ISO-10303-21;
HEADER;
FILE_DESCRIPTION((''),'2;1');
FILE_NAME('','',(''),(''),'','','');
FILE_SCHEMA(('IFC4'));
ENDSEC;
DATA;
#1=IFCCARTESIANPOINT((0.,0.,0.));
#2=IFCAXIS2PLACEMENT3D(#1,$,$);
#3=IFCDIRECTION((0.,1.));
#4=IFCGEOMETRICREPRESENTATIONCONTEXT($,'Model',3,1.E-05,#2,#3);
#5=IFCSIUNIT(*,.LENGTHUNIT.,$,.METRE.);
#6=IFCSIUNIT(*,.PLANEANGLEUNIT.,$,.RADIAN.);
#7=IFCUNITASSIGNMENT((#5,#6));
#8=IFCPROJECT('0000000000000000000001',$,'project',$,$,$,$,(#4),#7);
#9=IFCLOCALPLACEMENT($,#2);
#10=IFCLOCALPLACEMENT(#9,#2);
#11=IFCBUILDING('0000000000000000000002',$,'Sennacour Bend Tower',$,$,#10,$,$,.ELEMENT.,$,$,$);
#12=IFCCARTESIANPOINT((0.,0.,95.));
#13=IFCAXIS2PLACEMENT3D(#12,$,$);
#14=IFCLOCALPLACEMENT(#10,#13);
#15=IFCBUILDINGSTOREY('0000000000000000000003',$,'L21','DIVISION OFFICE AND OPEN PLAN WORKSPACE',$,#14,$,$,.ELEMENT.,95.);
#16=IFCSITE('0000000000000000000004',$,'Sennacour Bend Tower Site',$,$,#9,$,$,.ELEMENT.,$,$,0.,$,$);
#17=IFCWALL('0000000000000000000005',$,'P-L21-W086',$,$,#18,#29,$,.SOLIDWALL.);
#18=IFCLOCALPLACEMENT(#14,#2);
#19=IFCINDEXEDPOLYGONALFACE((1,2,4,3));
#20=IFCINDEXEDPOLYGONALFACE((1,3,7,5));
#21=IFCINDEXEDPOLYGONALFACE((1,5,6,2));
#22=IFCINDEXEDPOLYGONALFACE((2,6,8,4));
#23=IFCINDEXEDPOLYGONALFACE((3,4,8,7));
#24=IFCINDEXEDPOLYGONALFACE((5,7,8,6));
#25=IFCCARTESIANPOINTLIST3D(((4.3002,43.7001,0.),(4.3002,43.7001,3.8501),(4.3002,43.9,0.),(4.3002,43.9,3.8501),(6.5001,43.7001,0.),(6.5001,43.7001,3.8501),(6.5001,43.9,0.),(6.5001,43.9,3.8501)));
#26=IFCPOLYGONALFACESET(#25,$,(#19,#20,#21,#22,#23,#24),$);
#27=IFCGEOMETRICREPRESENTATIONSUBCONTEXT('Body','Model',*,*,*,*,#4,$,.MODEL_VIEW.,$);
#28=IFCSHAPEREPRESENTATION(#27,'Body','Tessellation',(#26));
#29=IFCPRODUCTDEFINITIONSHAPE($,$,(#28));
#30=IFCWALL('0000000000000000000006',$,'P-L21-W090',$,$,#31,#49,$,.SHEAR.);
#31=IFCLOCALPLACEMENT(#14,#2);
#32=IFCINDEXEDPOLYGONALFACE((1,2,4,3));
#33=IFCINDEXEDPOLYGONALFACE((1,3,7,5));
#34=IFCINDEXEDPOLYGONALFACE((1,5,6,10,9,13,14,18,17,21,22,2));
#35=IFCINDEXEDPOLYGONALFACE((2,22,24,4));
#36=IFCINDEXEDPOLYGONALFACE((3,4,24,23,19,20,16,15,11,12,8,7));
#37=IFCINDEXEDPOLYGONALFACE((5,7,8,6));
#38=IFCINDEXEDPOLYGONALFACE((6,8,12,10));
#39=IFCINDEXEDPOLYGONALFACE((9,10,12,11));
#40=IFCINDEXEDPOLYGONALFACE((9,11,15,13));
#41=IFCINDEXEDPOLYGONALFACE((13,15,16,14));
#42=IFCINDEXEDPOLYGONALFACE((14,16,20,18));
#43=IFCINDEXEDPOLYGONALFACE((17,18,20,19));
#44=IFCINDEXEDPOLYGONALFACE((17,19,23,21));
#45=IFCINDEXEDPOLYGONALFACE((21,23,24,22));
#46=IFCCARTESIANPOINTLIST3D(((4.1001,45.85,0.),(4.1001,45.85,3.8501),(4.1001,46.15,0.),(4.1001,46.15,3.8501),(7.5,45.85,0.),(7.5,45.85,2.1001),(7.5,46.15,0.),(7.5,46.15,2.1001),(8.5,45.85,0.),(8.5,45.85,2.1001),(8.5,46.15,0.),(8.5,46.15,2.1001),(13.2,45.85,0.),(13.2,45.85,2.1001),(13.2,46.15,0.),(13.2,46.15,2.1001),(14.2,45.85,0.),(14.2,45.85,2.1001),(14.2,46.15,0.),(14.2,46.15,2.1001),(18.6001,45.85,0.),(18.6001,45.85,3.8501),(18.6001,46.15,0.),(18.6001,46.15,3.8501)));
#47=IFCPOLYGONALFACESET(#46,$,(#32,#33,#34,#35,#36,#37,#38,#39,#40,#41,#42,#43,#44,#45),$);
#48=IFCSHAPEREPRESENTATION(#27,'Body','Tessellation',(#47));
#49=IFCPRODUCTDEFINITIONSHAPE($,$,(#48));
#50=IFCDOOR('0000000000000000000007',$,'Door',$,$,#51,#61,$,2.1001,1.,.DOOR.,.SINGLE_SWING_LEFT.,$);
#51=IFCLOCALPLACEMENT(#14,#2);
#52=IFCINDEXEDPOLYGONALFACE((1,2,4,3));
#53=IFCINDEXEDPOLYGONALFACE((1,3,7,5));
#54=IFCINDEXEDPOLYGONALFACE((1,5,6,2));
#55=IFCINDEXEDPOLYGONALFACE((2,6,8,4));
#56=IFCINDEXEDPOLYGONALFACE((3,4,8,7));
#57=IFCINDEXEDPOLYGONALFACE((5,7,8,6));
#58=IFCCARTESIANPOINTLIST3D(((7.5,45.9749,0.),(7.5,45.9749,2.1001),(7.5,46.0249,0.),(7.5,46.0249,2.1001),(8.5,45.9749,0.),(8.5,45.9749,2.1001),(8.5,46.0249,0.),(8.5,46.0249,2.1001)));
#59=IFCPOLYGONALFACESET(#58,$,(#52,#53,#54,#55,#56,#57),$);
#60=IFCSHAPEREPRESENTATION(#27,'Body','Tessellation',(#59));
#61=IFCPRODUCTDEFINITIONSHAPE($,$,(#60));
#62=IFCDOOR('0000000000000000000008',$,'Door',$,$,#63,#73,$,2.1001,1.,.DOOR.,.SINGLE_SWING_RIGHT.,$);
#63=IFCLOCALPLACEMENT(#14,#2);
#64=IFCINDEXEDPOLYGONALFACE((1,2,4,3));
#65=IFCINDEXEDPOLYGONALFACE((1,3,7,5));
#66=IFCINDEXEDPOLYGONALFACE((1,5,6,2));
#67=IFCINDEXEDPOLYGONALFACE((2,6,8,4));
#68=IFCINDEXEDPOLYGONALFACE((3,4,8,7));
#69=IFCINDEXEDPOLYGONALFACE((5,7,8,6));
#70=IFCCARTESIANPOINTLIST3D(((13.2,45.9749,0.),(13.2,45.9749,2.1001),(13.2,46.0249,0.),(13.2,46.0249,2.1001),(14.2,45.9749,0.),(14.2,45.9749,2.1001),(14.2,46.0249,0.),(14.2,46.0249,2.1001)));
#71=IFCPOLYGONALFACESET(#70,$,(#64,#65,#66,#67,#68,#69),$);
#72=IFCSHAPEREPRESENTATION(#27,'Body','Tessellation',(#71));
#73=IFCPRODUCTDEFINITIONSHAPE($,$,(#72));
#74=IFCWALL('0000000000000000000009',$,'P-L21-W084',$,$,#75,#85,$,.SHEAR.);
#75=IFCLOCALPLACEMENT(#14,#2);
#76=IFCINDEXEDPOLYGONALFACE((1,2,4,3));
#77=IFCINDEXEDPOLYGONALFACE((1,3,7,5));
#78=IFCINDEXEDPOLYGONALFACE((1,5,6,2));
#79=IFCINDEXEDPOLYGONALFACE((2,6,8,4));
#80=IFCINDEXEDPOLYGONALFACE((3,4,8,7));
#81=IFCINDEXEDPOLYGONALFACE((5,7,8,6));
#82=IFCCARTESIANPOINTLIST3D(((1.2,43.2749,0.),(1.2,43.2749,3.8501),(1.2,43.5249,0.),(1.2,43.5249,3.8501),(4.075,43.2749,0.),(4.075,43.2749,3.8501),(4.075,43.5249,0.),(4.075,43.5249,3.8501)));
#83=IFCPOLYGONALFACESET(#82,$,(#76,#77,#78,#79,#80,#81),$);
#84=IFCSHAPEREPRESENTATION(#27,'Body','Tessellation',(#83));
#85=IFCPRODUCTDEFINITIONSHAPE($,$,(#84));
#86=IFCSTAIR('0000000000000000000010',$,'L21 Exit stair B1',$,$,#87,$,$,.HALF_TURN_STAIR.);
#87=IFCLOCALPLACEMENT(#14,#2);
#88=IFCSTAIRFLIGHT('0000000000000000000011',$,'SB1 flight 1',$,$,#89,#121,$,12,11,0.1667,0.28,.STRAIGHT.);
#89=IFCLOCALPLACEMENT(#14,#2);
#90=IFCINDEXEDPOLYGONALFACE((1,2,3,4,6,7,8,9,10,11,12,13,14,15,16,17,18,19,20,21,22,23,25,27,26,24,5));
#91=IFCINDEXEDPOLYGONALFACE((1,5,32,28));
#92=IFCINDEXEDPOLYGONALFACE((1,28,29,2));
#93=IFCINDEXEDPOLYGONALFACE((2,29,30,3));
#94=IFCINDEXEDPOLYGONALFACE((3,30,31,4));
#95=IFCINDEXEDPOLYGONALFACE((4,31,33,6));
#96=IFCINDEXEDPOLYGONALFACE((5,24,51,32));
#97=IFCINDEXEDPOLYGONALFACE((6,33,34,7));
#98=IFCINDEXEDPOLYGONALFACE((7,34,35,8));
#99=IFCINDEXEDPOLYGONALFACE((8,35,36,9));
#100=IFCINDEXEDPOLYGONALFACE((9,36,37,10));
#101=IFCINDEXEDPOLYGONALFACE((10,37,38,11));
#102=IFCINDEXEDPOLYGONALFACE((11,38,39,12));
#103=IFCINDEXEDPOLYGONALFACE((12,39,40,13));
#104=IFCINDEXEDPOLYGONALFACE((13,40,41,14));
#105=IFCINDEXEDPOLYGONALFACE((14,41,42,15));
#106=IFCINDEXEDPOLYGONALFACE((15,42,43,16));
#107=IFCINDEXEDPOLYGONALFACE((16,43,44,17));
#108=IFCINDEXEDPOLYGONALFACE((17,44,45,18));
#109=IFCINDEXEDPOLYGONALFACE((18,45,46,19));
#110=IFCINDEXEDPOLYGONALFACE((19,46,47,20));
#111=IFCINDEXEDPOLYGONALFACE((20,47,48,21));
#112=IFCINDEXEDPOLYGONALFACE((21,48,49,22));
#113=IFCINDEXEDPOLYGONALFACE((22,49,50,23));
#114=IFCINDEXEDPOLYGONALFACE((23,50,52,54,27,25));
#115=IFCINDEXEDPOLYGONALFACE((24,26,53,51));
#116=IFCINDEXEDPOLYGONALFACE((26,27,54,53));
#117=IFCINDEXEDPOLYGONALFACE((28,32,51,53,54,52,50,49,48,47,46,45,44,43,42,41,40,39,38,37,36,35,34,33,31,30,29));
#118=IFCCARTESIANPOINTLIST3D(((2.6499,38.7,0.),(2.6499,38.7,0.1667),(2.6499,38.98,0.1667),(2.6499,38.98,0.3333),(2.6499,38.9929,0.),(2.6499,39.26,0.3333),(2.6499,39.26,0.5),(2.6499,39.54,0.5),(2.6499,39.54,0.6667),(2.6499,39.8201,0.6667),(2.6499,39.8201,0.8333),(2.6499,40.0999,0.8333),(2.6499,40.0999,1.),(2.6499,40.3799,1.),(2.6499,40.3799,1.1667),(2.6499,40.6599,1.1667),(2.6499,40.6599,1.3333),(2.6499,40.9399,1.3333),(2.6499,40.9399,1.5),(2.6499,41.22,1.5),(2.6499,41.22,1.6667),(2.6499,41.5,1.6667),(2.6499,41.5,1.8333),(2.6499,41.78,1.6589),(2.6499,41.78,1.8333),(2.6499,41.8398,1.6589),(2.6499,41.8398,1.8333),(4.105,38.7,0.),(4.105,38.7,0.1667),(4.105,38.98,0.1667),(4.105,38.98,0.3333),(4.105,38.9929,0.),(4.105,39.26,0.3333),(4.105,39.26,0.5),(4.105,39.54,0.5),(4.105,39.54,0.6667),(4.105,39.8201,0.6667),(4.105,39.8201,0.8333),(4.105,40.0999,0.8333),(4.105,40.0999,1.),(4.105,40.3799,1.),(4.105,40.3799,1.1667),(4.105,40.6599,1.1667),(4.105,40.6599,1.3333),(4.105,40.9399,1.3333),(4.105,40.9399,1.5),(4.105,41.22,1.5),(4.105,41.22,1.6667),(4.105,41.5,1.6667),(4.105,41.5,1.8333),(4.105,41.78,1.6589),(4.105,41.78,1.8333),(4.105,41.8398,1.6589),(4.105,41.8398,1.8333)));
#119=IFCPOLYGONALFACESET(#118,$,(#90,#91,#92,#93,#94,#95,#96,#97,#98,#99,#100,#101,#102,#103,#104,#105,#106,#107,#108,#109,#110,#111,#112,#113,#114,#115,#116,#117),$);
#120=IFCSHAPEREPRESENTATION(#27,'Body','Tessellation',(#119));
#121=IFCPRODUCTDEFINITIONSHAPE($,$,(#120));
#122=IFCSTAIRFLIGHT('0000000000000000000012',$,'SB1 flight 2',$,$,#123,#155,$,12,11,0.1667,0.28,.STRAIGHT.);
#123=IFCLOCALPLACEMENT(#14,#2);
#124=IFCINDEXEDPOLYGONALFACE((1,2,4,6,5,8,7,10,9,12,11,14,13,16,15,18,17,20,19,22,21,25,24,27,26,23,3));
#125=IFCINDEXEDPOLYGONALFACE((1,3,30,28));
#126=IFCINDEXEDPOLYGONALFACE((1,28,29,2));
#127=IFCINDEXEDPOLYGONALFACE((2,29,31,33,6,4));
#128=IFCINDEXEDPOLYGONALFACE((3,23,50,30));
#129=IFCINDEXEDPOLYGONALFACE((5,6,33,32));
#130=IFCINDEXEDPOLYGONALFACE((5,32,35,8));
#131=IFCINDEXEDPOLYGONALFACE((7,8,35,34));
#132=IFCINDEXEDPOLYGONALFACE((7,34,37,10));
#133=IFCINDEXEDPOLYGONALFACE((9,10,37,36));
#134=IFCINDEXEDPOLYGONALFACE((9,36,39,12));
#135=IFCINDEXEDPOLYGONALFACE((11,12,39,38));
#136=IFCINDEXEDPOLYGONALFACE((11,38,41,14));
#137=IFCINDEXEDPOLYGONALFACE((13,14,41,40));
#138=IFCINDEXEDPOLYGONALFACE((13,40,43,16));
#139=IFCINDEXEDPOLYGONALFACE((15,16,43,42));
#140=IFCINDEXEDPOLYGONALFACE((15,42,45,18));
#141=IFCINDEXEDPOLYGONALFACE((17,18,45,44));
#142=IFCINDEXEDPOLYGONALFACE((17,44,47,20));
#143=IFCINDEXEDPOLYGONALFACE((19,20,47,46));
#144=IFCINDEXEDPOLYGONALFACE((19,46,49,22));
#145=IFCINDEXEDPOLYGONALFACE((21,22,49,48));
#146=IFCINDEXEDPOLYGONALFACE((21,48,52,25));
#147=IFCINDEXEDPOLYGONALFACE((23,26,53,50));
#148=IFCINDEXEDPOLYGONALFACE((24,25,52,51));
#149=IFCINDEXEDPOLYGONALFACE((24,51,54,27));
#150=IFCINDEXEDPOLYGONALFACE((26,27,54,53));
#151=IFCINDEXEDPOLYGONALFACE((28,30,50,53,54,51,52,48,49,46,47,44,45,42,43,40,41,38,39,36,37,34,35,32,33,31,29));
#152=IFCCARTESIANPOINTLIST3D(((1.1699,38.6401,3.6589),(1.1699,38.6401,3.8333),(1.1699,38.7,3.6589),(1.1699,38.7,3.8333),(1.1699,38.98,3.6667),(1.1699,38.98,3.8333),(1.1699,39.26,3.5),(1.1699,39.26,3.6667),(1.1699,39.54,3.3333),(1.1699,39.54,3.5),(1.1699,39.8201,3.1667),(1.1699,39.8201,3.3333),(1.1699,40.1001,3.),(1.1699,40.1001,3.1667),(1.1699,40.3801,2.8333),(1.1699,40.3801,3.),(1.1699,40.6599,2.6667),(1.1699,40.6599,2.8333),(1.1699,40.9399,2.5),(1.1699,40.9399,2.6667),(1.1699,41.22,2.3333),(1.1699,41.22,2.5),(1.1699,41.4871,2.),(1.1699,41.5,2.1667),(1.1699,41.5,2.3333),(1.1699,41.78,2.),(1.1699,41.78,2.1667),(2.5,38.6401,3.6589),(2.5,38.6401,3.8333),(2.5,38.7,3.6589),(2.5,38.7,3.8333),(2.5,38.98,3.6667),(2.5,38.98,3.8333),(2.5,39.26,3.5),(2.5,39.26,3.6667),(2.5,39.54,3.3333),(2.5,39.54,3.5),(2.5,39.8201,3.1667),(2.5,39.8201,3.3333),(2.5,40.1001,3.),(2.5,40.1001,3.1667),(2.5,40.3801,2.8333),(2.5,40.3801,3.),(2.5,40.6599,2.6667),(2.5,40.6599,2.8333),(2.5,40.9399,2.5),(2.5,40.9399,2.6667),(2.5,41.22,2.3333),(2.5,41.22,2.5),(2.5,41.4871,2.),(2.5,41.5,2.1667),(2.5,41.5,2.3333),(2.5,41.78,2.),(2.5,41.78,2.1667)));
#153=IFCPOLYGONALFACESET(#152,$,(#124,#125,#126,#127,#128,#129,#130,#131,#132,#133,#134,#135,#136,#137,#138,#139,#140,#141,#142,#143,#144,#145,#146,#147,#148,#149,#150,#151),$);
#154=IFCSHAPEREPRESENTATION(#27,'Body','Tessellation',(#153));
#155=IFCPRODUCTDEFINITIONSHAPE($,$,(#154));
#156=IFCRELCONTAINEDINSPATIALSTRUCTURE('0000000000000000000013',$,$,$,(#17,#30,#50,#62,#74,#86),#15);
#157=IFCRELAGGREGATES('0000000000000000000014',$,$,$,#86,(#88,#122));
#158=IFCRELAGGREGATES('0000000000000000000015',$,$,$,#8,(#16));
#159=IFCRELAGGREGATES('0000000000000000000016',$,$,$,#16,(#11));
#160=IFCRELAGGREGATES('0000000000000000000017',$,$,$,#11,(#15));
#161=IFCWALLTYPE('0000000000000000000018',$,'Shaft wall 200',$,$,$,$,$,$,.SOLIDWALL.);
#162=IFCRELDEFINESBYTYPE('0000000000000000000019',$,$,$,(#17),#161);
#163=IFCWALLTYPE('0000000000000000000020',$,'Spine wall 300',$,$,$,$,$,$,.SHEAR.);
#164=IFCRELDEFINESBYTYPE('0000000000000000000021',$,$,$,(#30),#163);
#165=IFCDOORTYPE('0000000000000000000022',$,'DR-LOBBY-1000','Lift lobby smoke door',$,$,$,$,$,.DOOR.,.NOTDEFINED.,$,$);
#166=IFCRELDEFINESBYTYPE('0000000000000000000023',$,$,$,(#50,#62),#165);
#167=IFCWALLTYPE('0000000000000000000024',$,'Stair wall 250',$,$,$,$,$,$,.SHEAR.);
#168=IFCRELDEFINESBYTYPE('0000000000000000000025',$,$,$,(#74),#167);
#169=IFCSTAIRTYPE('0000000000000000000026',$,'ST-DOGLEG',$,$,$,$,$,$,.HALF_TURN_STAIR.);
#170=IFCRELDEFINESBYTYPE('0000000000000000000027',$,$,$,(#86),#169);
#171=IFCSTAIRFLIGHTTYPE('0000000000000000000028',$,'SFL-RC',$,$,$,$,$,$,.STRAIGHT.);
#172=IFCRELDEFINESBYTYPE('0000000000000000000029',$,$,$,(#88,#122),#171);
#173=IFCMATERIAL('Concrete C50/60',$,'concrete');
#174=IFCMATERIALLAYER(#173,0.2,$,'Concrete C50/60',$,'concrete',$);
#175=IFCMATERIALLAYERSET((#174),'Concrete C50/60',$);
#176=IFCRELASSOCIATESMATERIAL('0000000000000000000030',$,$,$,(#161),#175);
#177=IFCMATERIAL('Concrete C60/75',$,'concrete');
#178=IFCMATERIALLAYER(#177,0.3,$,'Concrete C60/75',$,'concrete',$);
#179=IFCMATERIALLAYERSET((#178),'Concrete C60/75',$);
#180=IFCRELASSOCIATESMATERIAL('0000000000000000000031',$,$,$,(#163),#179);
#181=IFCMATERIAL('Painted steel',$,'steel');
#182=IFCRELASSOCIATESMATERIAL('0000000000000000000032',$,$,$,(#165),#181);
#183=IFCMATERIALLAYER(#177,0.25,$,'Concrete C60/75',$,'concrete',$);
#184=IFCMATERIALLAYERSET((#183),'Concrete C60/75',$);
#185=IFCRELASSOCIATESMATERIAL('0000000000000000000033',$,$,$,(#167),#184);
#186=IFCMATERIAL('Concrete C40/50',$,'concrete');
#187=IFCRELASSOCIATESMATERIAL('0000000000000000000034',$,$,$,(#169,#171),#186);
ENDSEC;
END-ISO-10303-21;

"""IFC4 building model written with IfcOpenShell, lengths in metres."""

from ifc_helpers import new_model, si_unit, direction, frame, frame_2d, origin, place, context, subcontext, project, spatial, polyline, rectangle, outline, extrude, material, layer, layer_set, type_object, element, fill, aggregate, save


model = new_model("IFC4")

# Units and contexts
model_context = context("Model", 3, precision=1e-05, world=origin(), true_north=direction((0.0, 1.0)))
body_context = subcontext(model_context, "Body", "Model", "MODEL_VIEW")
ifc_project = project(units=[si_unit("LENGTHUNIT", "METRE"), si_unit("PLANEANGLEUNIT", "RADIAN")], contexts=[model_context])

# Site, building, storey
site_placement = place(None, origin())
site = spatial("IfcSite", under=ifc_project, at=site_placement, Name="Sennacour Bend Tower Site", CompositionType="ELEMENT", RefElevation=0.0)
building_placement = place(site_placement, origin())
building = spatial("IfcBuilding", under=site, at=building_placement, Name="Sennacour Bend Tower", CompositionType="ELEMENT")
storey_placement = place(building_placement, frame((0.0, 0.0, 95.0)))
storey = spatial("IfcBuildingStorey", under=building, at=storey_placement, Name="L21", Description="DIVISION OFFICE AND OPEN PLAN WORKSPACE", CompositionType="ELEMENT", Elevation=95.0)

# Shared definitions
ifc_material_1 = material(Name="Painted steel", Category="steel")

# Wall
ifc_material_2 = material(Name="Concrete C50/60", Category="concrete")
ifc_layer_1 = layer(ifc_material_2, 0.2, Name="Concrete C50/60", Category="concrete")
ifc_layer_set_1 = layer_set([ifc_layer_1], Name="Concrete C50/60")
wall_type_1 = type_object("IfcWallType", Name="Shaft wall 200", PredefinedType="SOLIDWALL", material=ifc_layer_set_1)
wall_1_placement = place(storey_placement, frame((4.3, 43.8, 0.0), z_axis=(0.0, 0.0, 1.0), x_axis=(1.0, 0.0, 0.0)))
element("IfcWall", 1, at=wall_1_placement, inside=storey, type_object=wall_type_1, Name="P-L21-W086", PredefinedType="SOLIDWALL", context=body_context, shape_type="SweptSolid", body=[
    extrude(rectangle(XDim=2.2, YDim=0.2, at=frame_2d((1.1001, 0.0))), origin(), (0.0, 0.0, 1.0), 3.8501),
])

# Wall, openings, doors
ifc_material_3 = material(Name="Concrete C60/75", Category="concrete")
ifc_layer_2 = layer(ifc_material_3, 0.3, Name="Concrete C60/75", Category="concrete")
ifc_layer_set_2 = layer_set([ifc_layer_2], Name="Concrete C60/75")
wall_type_2 = type_object("IfcWallType", Name="Spine wall 300", PredefinedType="SHEAR", material=ifc_layer_set_2)
wall_2_placement = place(storey_placement, frame((4.1001, 46.0, 0.0), z_axis=(0.0, 0.0, 1.0), x_axis=(1.0, 0.0, 0.0)))
wall_2 = element("IfcWall", 2, at=wall_2_placement, inside=storey, type_object=wall_type_2, Name="P-L21-W090", PredefinedType="SHEAR", context=body_context, shape_type="SweptSolid", body=[
    extrude(rectangle(XDim=14.5, YDim=0.3, at=frame_2d((7.25, 0.0))), origin(), (0.0, 0.0, 1.0), 3.8501),
])
opening_1_placement = place(wall_2_placement, frame((3.3999, 0.0, 0.0)))
opening_1 = element("IfcOpeningElement", 3, at=opening_1_placement, cuts=wall_2, PredefinedType="OPENING", context=body_context, shape_type="SweptSolid", body=[
    extrude(rectangle(XDim=1.0, YDim=2.1001, at=frame_2d((0.5, 1.05))), frame((0.0, 0.1602, 0.0), z_axis=(0.0, -1.0, 0.0), x_axis=(1.0, 0.0, 0.0)), (0.0, 0.0, 1.0), 0.3201),
])
opening_2_placement = place(wall_2_placement, frame((9.0999, 0.0, 0.0)))
opening_2 = element("IfcOpeningElement", 4, at=opening_2_placement, cuts=wall_2, PredefinedType="OPENING", context=body_context, shape_type="SweptSolid", body=[
    extrude(rectangle(XDim=1.0, YDim=2.1001, at=frame_2d((0.5, 1.05))), frame((0.0, 0.1602, 0.0), z_axis=(0.0, -1.0, 0.0), x_axis=(1.0, 0.0, 0.0)), (0.0, 0.0, 1.0), 0.3201),
])
door_type_1 = type_object("IfcDoorType", Name="DR-LOBBY-1000", Description="Lift lobby smoke door", OperationType="NOTDEFINED", PredefinedType="DOOR", material=ifc_material_1)
door_1_placement = place(opening_1_placement, origin())
door_1 = element("IfcDoor", 5, at=door_1_placement, inside=storey, type_object=door_type_1, Name="Door", OperationType="SINGLE_SWING_LEFT", OverallHeight=2.1001, OverallWidth=1.0, PredefinedType="DOOR", context=body_context, shape_type="SweptSolid", body=[
    extrude(rectangle(XDim=1.0, YDim=2.1001, at=frame_2d((0.5, 1.05))), frame((0.0, 0.0249, 0.0), z_axis=(0.0, -1.0, 0.0), x_axis=(1.0, 0.0, 0.0)), (0.0, 0.0, 1.0), 0.05),
])
fill(opening_1, door_1)
door_2_placement = place(opening_2_placement, origin())
door_2 = element("IfcDoor", 6, at=door_2_placement, inside=storey, type_object=door_type_1, Name="Door", OperationType="SINGLE_SWING_RIGHT", OverallHeight=2.1001, OverallWidth=1.0, PredefinedType="DOOR", context=body_context, shape_type="SweptSolid", body=[
    extrude(rectangle(XDim=1.0, YDim=2.1001, at=frame_2d((0.5, 1.05))), frame((0.0, 0.0249, 0.0), z_axis=(0.0, -1.0, 0.0), x_axis=(1.0, 0.0, 0.0)), (0.0, 0.0, 1.0), 0.05),
])
fill(opening_2, door_2)

# Wall
ifc_layer_3 = layer(ifc_material_3, 0.25, Name="Concrete C60/75", Category="concrete")
ifc_layer_set_3 = layer_set([ifc_layer_3], Name="Concrete C60/75")
wall_type_3 = type_object("IfcWallType", Name="Stair wall 250", PredefinedType="SHEAR", material=ifc_layer_set_3)
wall_3_placement = place(storey_placement, frame((1.2, 43.3999, 0.0), z_axis=(0.0, 0.0, 1.0), x_axis=(1.0, 0.0, 0.0)))
element("IfcWall", 7, at=wall_3_placement, inside=storey, type_object=wall_type_3, Name="P-L21-W084", PredefinedType="SHEAR", context=body_context, shape_type="SweptSolid", body=[
    extrude(rectangle(XDim=2.875, YDim=0.25, at=frame_2d((1.4375, 0.0))), origin(), (0.0, 0.0, 1.0), 3.8501),
])

# Stair, stair flights
ifc_material_4 = material(Name="Concrete C40/50", Category="concrete")
stair_type = type_object("IfcStairType", Name="ST-DOGLEG", PredefinedType="HALF_TURN_STAIR", material=ifc_material_4)
stair_placement = place(storey_placement, origin())
stair = element("IfcStair", 8, at=stair_placement, inside=storey, type_object=stair_type, Name="L21 Exit stair B1", PredefinedType="HALF_TURN_STAIR")
stair_flight_type = type_object("IfcStairFlightType", Name="SFL-RC", PredefinedType="STRAIGHT", material=ifc_material_4)
stair_flight_1_placement = place(storey_placement, frame((3.3774, 38.7, 0.0), z_axis=(0.0, 0.0, 1.0), x_axis=(0.0, 1.0, 0.0)))
stair_flight_1 = element("IfcStairFlight", 9, at=stair_flight_1_placement, type_object=stair_flight_type, Name="SB1 flight 1", NumberOfRisers=12, NumberOfTreads=11, PredefinedType="STRAIGHT", RiserHeight=0.1667, TreadLength=0.28, context=body_context, shape_type="SweptSolid", body=[
    extrude(outline(polyline([(0.0, 0.0), (0.0, 0.1667), (0.28, 0.1667), (0.28, 0.3333), (0.5601, 0.3333), (0.5601, 0.5), (0.8401, 0.5), (0.8401, 0.6667), (1.1201, 0.6667), (1.1201, 0.8333), (1.3999, 0.8333), (1.3999, 1.0), (1.6799, 1.0), (1.6799, 1.1667), (1.96, 1.1667), (1.96, 1.3333), (2.24, 1.3333), (2.24, 1.5), (2.52, 1.5), (2.52, 1.6667), (2.8, 1.6667), (2.8, 1.8333), (3.0801, 1.8333), (3.1399, 1.8333), (3.1399, 1.6589), (3.0801, 1.6589), (0.293, 0.0), (0.0, 0.0)])), frame((0.0, 0.7275, 0.0), z_axis=(0.0, -1.0, 0.0), x_axis=(1.0, 0.0, 0.0)), (0.0, 0.0, 1.0), 1.4551),
])
stair_flight_2_placement = place(storey_placement, frame((1.835, 41.78, 2.0), z_axis=(0.0, 0.0, 1.0), x_axis=(0.0, -1.0, 0.0)))
stair_flight_2 = element("IfcStairFlight", 10, at=stair_flight_2_placement, type_object=stair_flight_type, Name="SB1 flight 2", NumberOfRisers=12, NumberOfTreads=11, PredefinedType="STRAIGHT", RiserHeight=0.1667, TreadLength=0.28, context=body_context, shape_type="SweptSolid", body=[
    extrude(outline(polyline([(0.0, 0.0), (0.0, 0.1667), (0.28, 0.1667), (0.28, 0.3333), (0.5601, 0.3333), (0.5601, 0.5), (0.8401, 0.5), (0.8401, 0.6667), (1.1201, 0.6667), (1.1201, 0.8333), (1.3999, 0.8333), (1.3999, 1.0), (1.6799, 1.0), (1.6799, 1.1667), (1.96, 1.1667), (1.96, 1.3333), (2.24, 1.3333), (2.24, 1.5), (2.52, 1.5), (2.52, 1.6667), (2.8, 1.6667), (2.8, 1.8333), (3.0801, 1.8333), (3.1399, 1.8333), (3.1399, 1.6589), (3.0801, 1.6589), (0.293, 0.0), (0.0, 0.0)])), frame((0.0, 0.665, 0.0), z_axis=(0.0, -1.0, 0.0), x_axis=(1.0, 0.0, 0.0)), (0.0, 0.0, 1.0), 1.3301),
])
aggregate(stair, [stair_flight_1, stair_flight_2])

save(model, "model.ifc")
